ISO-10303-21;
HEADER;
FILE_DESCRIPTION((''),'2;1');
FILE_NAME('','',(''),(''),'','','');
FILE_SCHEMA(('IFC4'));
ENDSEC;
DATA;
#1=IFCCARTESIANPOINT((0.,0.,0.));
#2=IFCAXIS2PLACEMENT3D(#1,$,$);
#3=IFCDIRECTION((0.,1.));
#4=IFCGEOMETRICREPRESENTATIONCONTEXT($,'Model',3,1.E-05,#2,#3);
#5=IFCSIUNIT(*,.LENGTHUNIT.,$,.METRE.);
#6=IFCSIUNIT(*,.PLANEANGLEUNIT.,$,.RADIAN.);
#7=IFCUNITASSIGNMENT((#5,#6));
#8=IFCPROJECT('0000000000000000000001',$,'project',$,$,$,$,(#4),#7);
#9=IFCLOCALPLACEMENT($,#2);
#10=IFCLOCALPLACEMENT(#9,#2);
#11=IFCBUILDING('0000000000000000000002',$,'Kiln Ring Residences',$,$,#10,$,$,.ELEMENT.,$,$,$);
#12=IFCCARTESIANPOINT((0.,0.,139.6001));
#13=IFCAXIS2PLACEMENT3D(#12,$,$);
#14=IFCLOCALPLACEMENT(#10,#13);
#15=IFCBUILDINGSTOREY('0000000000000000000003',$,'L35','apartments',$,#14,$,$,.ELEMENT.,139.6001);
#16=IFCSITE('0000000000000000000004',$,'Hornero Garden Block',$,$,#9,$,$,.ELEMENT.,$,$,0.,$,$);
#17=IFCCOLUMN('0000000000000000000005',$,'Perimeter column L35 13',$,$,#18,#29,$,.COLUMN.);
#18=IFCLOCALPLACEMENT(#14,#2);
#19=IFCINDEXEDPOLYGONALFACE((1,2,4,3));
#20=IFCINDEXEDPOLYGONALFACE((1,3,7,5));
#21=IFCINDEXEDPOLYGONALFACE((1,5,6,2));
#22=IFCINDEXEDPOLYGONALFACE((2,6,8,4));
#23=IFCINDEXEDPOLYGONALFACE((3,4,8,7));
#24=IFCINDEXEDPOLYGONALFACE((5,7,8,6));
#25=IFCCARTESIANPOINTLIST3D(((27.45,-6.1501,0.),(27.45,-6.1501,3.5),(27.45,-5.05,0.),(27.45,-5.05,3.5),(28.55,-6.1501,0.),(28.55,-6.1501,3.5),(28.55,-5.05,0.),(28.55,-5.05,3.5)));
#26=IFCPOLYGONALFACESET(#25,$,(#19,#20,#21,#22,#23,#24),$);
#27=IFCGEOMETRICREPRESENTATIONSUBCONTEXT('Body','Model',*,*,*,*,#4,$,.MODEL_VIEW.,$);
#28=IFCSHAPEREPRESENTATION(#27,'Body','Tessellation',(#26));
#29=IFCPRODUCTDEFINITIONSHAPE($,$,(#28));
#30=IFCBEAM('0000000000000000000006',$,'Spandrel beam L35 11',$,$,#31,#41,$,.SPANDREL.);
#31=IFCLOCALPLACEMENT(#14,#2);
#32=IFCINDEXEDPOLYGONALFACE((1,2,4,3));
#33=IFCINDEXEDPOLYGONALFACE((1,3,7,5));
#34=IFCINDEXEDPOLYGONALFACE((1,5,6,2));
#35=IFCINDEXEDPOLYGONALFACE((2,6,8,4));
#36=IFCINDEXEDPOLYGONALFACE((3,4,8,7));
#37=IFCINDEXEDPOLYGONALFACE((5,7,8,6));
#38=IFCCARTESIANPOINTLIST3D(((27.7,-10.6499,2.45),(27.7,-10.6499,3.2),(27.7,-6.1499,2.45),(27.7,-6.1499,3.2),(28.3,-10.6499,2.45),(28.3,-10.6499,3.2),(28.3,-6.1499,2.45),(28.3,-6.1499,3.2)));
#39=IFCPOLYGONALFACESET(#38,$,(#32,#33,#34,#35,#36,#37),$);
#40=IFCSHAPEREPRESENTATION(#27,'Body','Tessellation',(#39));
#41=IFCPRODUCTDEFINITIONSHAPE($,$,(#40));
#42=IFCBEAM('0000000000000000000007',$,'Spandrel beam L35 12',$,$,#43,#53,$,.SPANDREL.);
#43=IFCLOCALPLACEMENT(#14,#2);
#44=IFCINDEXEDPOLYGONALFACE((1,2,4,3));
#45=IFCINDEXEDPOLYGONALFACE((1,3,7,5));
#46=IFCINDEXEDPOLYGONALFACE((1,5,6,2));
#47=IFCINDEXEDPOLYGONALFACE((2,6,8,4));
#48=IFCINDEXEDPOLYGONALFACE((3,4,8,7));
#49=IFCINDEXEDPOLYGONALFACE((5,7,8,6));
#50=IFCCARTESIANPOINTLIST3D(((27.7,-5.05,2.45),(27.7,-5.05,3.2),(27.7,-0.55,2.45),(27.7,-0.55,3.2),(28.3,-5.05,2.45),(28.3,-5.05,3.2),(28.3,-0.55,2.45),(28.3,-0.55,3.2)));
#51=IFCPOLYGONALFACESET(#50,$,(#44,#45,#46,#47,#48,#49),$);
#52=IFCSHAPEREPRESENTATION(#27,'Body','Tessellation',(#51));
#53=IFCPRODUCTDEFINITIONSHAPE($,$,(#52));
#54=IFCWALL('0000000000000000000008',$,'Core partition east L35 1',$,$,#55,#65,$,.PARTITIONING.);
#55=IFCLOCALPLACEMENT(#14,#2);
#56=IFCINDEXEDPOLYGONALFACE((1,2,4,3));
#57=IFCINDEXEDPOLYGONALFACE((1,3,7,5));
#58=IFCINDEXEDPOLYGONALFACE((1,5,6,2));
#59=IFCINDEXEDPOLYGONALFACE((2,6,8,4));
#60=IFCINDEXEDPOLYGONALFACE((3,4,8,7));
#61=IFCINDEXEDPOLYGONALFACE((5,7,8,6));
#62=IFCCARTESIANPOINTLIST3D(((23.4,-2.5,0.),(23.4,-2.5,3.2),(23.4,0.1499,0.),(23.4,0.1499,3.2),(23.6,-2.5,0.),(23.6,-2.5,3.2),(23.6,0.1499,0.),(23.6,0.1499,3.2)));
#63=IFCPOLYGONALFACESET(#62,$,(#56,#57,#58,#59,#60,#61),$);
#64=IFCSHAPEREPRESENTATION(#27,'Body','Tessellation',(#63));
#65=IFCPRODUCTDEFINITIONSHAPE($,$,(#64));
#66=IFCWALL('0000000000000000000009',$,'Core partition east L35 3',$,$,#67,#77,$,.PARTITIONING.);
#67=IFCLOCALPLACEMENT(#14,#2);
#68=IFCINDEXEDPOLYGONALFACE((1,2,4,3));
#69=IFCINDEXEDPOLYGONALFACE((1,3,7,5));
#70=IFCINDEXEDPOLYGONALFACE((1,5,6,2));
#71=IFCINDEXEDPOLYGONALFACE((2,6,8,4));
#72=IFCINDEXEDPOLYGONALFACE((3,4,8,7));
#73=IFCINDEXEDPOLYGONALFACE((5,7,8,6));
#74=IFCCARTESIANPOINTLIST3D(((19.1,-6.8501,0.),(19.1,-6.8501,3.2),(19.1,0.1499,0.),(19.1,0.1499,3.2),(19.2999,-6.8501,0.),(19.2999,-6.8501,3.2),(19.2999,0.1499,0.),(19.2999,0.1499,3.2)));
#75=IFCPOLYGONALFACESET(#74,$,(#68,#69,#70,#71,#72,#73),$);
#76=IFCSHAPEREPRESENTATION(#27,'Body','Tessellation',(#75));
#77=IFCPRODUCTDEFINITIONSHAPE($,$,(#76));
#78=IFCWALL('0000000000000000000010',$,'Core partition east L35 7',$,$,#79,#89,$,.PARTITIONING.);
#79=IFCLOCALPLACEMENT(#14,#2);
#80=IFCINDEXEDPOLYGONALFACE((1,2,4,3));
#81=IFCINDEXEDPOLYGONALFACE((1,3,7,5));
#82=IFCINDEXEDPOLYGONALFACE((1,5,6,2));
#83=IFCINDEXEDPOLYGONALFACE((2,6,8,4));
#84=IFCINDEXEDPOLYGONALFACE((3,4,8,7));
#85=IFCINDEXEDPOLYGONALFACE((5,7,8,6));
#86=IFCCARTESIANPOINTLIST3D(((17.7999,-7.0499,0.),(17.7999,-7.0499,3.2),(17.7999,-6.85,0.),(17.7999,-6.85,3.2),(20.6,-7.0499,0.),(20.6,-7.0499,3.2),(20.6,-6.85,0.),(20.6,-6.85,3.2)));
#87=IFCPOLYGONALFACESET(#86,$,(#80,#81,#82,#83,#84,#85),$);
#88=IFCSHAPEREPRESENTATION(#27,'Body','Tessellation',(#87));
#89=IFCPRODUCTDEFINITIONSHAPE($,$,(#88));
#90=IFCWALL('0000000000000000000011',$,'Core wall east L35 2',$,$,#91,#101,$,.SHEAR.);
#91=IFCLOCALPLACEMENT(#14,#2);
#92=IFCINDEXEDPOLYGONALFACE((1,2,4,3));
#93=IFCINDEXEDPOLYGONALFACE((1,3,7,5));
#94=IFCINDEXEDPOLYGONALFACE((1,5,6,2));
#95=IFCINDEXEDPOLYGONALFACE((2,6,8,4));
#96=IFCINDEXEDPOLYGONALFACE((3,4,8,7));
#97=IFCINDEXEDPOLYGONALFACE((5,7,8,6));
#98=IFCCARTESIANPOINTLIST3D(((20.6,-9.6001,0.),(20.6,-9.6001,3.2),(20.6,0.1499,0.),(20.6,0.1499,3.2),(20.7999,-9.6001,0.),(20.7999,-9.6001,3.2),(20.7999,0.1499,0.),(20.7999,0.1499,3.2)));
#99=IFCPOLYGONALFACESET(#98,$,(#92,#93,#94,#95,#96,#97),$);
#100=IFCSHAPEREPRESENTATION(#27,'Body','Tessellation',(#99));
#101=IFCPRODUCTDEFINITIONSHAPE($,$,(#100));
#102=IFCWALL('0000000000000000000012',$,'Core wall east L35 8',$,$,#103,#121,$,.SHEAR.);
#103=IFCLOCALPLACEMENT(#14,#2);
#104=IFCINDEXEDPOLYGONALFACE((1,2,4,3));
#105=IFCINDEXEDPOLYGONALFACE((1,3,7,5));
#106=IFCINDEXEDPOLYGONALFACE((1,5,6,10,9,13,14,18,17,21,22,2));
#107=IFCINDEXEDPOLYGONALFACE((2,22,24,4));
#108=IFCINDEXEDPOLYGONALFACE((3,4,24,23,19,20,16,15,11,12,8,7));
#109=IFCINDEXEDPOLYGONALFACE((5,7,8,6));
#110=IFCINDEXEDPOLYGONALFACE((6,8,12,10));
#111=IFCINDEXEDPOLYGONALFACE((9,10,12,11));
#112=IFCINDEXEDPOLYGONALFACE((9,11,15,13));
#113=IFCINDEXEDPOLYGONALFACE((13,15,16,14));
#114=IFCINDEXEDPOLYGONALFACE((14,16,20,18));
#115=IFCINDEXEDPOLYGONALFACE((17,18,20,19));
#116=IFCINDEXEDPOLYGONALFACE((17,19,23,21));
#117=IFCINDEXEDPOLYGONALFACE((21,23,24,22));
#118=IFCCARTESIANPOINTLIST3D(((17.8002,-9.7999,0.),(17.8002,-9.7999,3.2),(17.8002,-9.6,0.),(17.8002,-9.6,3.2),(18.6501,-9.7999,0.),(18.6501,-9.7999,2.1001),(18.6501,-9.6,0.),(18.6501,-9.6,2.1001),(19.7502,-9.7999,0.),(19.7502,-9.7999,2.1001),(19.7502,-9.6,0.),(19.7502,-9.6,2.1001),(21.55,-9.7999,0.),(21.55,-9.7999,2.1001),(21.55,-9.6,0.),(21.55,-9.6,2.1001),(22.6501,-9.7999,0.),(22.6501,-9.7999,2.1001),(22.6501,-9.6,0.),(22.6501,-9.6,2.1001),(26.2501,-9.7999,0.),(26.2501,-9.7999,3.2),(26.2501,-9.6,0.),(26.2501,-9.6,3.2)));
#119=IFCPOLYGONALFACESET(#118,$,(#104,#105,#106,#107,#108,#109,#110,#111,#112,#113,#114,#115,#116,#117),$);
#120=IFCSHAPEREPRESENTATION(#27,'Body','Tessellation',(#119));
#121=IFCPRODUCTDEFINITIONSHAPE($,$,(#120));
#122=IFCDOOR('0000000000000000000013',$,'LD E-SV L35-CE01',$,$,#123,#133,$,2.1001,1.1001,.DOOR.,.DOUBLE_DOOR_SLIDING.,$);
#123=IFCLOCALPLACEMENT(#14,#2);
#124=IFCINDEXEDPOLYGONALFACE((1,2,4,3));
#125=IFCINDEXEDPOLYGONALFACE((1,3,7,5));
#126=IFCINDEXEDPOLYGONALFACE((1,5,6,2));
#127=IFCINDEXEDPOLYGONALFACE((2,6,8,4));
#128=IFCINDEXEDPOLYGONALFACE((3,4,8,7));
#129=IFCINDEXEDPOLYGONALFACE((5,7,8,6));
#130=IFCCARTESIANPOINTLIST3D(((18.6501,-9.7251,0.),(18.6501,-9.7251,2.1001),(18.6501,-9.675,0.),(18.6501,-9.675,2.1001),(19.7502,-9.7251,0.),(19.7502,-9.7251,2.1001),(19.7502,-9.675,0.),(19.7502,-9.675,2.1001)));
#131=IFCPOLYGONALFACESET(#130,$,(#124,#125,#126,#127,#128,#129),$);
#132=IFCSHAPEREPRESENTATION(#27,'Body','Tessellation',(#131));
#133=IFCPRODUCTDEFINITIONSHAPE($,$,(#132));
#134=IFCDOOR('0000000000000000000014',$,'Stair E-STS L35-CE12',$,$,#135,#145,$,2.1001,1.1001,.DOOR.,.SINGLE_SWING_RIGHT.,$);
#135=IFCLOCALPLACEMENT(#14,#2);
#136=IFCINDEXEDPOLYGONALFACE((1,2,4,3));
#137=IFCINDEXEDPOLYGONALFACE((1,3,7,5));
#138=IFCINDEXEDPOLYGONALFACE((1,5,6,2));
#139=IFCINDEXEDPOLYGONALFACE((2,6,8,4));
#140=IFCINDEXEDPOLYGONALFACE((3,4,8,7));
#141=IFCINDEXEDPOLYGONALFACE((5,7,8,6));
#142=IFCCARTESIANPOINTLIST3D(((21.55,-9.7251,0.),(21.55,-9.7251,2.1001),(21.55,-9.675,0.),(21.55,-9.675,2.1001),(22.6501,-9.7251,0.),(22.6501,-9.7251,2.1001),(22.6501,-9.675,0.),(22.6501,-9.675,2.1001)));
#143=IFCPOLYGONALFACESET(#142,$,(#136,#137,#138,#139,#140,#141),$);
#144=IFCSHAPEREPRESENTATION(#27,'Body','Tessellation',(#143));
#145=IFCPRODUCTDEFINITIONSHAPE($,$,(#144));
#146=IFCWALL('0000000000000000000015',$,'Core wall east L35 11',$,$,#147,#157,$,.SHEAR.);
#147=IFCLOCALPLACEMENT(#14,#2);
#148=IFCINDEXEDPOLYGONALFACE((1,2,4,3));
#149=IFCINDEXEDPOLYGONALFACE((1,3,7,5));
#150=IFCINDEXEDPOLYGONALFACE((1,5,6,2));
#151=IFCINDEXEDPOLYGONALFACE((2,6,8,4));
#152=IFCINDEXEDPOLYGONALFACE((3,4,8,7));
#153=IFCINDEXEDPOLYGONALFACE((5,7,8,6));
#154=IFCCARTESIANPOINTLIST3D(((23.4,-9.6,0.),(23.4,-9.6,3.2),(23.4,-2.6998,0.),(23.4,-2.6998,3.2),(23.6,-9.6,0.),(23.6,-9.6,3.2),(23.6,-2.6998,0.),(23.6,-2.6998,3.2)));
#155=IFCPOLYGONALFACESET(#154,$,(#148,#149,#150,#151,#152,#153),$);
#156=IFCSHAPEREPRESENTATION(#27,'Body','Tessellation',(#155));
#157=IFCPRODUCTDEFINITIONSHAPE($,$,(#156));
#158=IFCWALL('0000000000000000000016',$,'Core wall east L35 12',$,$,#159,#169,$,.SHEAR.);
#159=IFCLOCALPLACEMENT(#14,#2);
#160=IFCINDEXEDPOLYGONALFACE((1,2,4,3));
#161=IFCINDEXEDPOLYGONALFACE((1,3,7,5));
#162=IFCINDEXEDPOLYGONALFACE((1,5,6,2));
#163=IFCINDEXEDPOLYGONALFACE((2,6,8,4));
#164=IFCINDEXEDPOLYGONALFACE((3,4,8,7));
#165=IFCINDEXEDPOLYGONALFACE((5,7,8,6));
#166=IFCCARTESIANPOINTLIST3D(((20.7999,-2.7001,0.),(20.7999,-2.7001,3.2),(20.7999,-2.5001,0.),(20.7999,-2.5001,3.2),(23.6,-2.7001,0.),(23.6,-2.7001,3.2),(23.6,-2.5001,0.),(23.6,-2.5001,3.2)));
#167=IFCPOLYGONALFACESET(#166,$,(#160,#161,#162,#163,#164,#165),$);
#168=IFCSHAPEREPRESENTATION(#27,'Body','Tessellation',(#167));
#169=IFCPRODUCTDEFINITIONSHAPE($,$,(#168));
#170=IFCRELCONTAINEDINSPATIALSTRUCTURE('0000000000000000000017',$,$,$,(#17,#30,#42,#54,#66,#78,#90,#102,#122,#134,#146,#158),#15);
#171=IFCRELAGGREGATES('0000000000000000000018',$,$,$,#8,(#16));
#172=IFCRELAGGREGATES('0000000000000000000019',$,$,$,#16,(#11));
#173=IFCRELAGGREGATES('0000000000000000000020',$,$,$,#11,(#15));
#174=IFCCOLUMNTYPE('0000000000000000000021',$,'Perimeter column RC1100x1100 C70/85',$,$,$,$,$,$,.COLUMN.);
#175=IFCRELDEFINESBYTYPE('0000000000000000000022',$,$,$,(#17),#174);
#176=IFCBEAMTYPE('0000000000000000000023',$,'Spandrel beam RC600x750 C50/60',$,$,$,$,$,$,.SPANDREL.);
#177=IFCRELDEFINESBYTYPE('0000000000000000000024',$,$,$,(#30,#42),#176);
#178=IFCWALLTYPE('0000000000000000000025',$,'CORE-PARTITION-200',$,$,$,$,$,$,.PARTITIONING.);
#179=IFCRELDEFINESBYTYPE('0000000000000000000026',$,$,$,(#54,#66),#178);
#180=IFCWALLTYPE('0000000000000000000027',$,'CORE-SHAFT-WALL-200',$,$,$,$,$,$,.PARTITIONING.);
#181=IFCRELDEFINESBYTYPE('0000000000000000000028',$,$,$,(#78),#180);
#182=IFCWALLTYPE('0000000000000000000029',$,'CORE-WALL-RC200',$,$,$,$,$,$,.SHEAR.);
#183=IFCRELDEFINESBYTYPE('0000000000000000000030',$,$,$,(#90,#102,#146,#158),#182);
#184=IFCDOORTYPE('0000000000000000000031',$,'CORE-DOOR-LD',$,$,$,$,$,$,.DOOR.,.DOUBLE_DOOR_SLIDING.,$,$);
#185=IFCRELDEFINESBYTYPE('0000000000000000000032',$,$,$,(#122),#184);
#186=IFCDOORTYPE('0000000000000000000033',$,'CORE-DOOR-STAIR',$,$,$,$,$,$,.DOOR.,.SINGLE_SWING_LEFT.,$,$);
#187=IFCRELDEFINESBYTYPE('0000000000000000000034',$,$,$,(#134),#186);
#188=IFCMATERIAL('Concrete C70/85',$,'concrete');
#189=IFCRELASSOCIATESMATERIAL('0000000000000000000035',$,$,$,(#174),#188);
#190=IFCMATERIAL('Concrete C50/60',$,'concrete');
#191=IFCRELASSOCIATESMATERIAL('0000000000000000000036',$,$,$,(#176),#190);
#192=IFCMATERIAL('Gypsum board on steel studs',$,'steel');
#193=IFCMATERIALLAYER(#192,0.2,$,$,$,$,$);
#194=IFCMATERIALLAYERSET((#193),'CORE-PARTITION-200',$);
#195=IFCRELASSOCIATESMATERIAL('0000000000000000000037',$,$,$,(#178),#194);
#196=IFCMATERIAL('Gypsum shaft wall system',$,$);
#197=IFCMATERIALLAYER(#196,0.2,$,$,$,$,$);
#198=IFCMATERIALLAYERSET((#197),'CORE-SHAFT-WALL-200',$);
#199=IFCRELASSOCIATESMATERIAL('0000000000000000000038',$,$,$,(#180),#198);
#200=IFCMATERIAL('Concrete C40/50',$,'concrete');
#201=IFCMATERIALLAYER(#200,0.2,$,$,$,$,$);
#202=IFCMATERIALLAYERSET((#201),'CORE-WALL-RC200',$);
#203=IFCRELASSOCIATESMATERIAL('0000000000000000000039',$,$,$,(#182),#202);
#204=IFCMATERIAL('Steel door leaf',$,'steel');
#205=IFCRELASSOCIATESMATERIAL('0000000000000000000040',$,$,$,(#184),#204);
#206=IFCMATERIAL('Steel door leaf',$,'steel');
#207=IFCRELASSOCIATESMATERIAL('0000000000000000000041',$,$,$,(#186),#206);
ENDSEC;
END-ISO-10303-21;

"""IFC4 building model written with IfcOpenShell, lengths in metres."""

from ifc_helpers import new_model, si_unit, direction, frame, frame_2d, origin, origin_2d, place, context, subcontext, project, spatial, rectangle, extrude, material, layer, layer_set, material_profile, profile_set, type_object, element, fill, save


model = new_model("IFC4")

# Units and contexts
model_context = context("Model", 3, precision=1e-05, world=origin(), true_north=direction((0.0, 1.0)))
body_context = subcontext(model_context, "Body", "Model", "MODEL_VIEW")
ifc_project = project(units=[si_unit("LENGTHUNIT", "METRE"), si_unit("PLANEANGLEUNIT", "RADIAN")], contexts=[model_context])

# Site, building, storey
site_placement = place(None, origin())
site = spatial("IfcSite", under=ifc_project, at=site_placement, Name="Hornero Garden Block", CompositionType="ELEMENT", RefElevation=0.0)
building_placement = place(site_placement, origin())
building = spatial("IfcBuilding", under=site, at=building_placement, Name="Kiln Ring Residences", CompositionType="ELEMENT")
storey_placement = place(building_placement, frame((0.0, 0.0, 139.6001)))
storey = spatial("IfcBuildingStorey", under=building, at=storey_placement, Name="L35", Description="apartments", CompositionType="ELEMENT", Elevation=139.6001)

# Column
ifc_material_1 = material(Name="Concrete C70/85", Category="concrete")
ifc_material_profile_1 = material_profile(ifc_material_1, rectangle(XDim=1.1001, YDim=1.1001, at=origin_2d()), Name="RC1100x1100")
ifc_profile_set_1 = profile_set([ifc_material_profile_1], Name="Concrete C70/85")
column_type = type_object("IfcColumnType", Name="Perimeter column RC1100x1100 C70/85", PredefinedType="COLUMN", material=ifc_profile_set_1)
column_placement = place(storey_placement, frame((28.0, -5.6001, 0.0), z_axis=(0.0, 0.0, 1.0), x_axis=(1.0, 0.0, 0.0)))
element("IfcColumn", 1, at=column_placement, inside=storey, type_object=column_type, Name="Perimeter column L35 13", PredefinedType="COLUMN", context=body_context, shape_type="SweptSolid", body=[
    extrude(rectangle(XDim=1.1001, YDim=1.1001, at=origin_2d()), origin(), (0.0, 0.0, 1.0), 3.5),
])

# Beams
ifc_material_2 = material(Name="Concrete C50/60", Category="concrete")
ifc_material_profile_2 = material_profile(ifc_material_2, rectangle(XDim=0.6001, YDim=0.75, at=origin_2d()), Name="RC600x750")
ifc_profile_set_2 = profile_set([ifc_material_profile_2], Name="Concrete C50/60")
beam_type = type_object("IfcBeamType", Name="Spandrel beam RC600x750 C50/60", PredefinedType="SPANDREL", material=ifc_profile_set_2)
for number, where, z_axis, x_axis, name in (
    (2, (28.0, -10.6499, 2.825), (0.0, 1.0, 0.0), (-1.0, 0.0, 0.0), "Spandrel beam L35 11"),
    (3, (28.0, -5.05, 2.825), (0.0, 1.0, 0.0), (-1.0, 0.0, 0.0), "Spandrel beam L35 12"),
):
    element("IfcBeam", number, at=place(storey_placement, frame(where, z_axis=z_axis, x_axis=x_axis)), inside=storey, type_object=beam_type, Name=name, PredefinedType="SPANDREL", context=body_context, shape_type="SweptSolid", body=[
        extrude(rectangle(XDim=0.6001, YDim=0.75, at=origin_2d()), origin(), (0.0, 0.0, 1.0), 4.5),
    ])

# Walls
ifc_material_3 = material(Name="Gypsum board on steel studs", Category="steel")
ifc_layer_1 = layer(ifc_material_3, 0.2)
ifc_layer_set_1 = layer_set([ifc_layer_1], Name="CORE-PARTITION-200")
wall_type_1 = type_object("IfcWallType", Name="CORE-PARTITION-200", PredefinedType="PARTITIONING", material=ifc_layer_set_1)
wall_1_placement = place(storey_placement, frame((23.5, -2.5, 0.0), z_axis=(0.0, 0.0, 1.0), x_axis=(0.0, 1.0, 0.0)))
element("IfcWall", 4, at=wall_1_placement, inside=storey, type_object=wall_type_1, Name="Core partition east L35 1", PredefinedType="PARTITIONING", context=body_context, shape_type="SweptSolid", body=[
    extrude(rectangle(XDim=2.6499, YDim=0.2, at=frame_2d((1.325, 0.0))), origin(), (0.0, 0.0, 1.0), 3.2),
])
wall_2_placement = place(storey_placement, frame((19.2, -6.8501, 0.0), z_axis=(0.0, 0.0, 1.0), x_axis=(0.0, 1.0, 0.0)))
element("IfcWall", 5, at=wall_2_placement, inside=storey, type_object=wall_type_1, Name="Core partition east L35 3", PredefinedType="PARTITIONING", context=body_context, shape_type="SweptSolid", body=[
    extrude(rectangle(XDim=7.0, YDim=0.2, at=frame_2d((3.5, 0.0))), origin(), (0.0, 0.0, 1.0), 3.2),
])
ifc_material_4 = material(Name="Gypsum shaft wall system")
ifc_layer_2 = layer(ifc_material_4, 0.2)
ifc_layer_set_2 = layer_set([ifc_layer_2], Name="CORE-SHAFT-WALL-200")
wall_type_2 = type_object("IfcWallType", Name="CORE-SHAFT-WALL-200", PredefinedType="PARTITIONING", material=ifc_layer_set_2)
wall_3_placement = place(storey_placement, frame((17.8, -6.95, 0.0), z_axis=(0.0, 0.0, 1.0), x_axis=(1.0, 0.0, 0.0)))
element("IfcWall", 6, at=wall_3_placement, inside=storey, type_object=wall_type_2, Name="Core partition east L35 7", PredefinedType="PARTITIONING", context=body_context, shape_type="SweptSolid", body=[
    extrude(rectangle(XDim=2.8, YDim=0.2, at=frame_2d((1.3999, 0.0))), origin(), (0.0, 0.0, 1.0), 3.2),
])
ifc_material_5 = material(Name="Concrete C40/50", Category="concrete")
ifc_layer_3 = layer(ifc_material_5, 0.2)
ifc_layer_set_3 = layer_set([ifc_layer_3], Name="CORE-WALL-RC200")
wall_type_3 = type_object("IfcWallType", Name="CORE-WALL-RC200", PredefinedType="SHEAR", material=ifc_layer_set_3)
wall_4_placement = place(storey_placement, frame((20.7, -9.6001, 0.0), z_axis=(0.0, 0.0, 1.0), x_axis=(0.0, 1.0, 0.0)))
element("IfcWall", 7, at=wall_4_placement, inside=storey, type_object=wall_type_3, Name="Core wall east L35 2", PredefinedType="SHEAR", context=body_context, shape_type="SweptSolid", body=[
    extrude(rectangle(XDim=9.75, YDim=0.2, at=frame_2d((4.875, 0.0))), origin(), (0.0, 0.0, 1.0), 3.2),
])

# Wall, openings, doors
wall_5_placement = place(storey_placement, frame((17.8, -9.7, 0.0), z_axis=(0.0, 0.0, 1.0), x_axis=(1.0, 0.0, 0.0)))
wall_5 = element("IfcWall", 8, at=wall_5_placement, inside=storey, type_object=wall_type_3, Name="Core wall east L35 8", PredefinedType="SHEAR", context=body_context, shape_type="SweptSolid", body=[
    extrude(rectangle(XDim=8.45, YDim=0.2, at=frame_2d((4.2251, 0.0))), origin(), (0.0, 0.0, 1.0), 3.2),
])
opening_1_placement = place(wall_5_placement, frame((0.8501, 0.0, 0.0)))
opening_1 = element("IfcOpeningElement", 9, at=opening_1_placement, cuts=wall_5, PredefinedType="OPENING", context=body_context, shape_type="SweptSolid", body=[
    extrude(rectangle(XDim=1.1001, YDim=2.1001, at=frame_2d((0.55, 1.05))), frame((0.0, 0.1099, 0.0), z_axis=(0.0, -1.0, 0.0), x_axis=(1.0, 0.0, 0.0)), (0.0, 0.0, 1.0), 0.22),
])
opening_2_placement = place(wall_5_placement, frame((3.75, 0.0, 0.0)))
opening_2 = element("IfcOpeningElement", 10, at=opening_2_placement, cuts=wall_5, PredefinedType="OPENING", context=body_context, shape_type="SweptSolid", body=[
    extrude(rectangle(XDim=1.1001, YDim=2.1001, at=frame_2d((0.55, 1.05))), frame((0.0, 0.1099, 0.0), z_axis=(0.0, -1.0, 0.0), x_axis=(1.0, 0.0, 0.0)), (0.0, 0.0, 1.0), 0.22),
])
ifc_material_6 = material(Name="Steel door leaf", Category="steel")
door_type_1 = type_object("IfcDoorType", Name="CORE-DOOR-LD", OperationType="DOUBLE_DOOR_SLIDING", PredefinedType="DOOR", material=ifc_material_6)
door_1_placement = place(opening_1_placement, origin())
door_1 = element("IfcDoor", 11, at=door_1_placement, inside=storey, type_object=door_type_1, Name="LD E-SV L35-CE01", OperationType="DOUBLE_DOOR_SLIDING", OverallHeight=2.1001, OverallWidth=1.1001, PredefinedType="DOOR", context=body_context, shape_type="SweptSolid", body=[
    extrude(rectangle(XDim=1.1001, YDim=2.1001, at=frame_2d((0.55, 1.05))), frame((0.0, 0.0249, 0.0), z_axis=(0.0, -1.0, 0.0), x_axis=(1.0, 0.0, 0.0)), (0.0, 0.0, 1.0), 0.05),
])
fill(opening_1, door_1)
ifc_material_7 = material(Name="Steel door leaf", Category="steel")
door_type_2 = type_object("IfcDoorType", Name="CORE-DOOR-STAIR", OperationType="SINGLE_SWING_LEFT", PredefinedType="DOOR", material=ifc_material_7)
door_2_placement = place(opening_2_placement, origin())
door_2 = element("IfcDoor", 12, at=door_2_placement, inside=storey, type_object=door_type_2, Name="Stair E-STS L35-CE12", OperationType="SINGLE_SWING_RIGHT", OverallHeight=2.1001, OverallWidth=1.1001, PredefinedType="DOOR", context=body_context, shape_type="SweptSolid", body=[
    extrude(rectangle(XDim=1.1001, YDim=2.1001, at=frame_2d((0.55, 1.05))), frame((0.0, 0.0249, 0.0), z_axis=(0.0, -1.0, 0.0), x_axis=(1.0, 0.0, 0.0)), (0.0, 0.0, 1.0), 0.05),
])
fill(opening_2, door_2)

# Walls
wall_6_placement = place(storey_placement, frame((23.5, -9.6001, 0.0), z_axis=(0.0, 0.0, 1.0), x_axis=(0.0, 1.0, 0.0)))
element("IfcWall", 13, at=wall_6_placement, inside=storey, type_object=wall_type_3, Name="Core wall east L35 11", PredefinedType="SHEAR", context=body_context, shape_type="SweptSolid", body=[
    extrude(rectangle(XDim=6.9001, YDim=0.2, at=frame_2d((3.4502, 0.0))), origin(), (0.0, 0.0, 1.0), 3.2),
])
wall_7_placement = place(storey_placement, frame((20.8, -2.6001, 0.0), z_axis=(0.0, 0.0, 1.0), x_axis=(1.0, 0.0, 0.0)))
element("IfcWall", 14, at=wall_7_placement, inside=storey, type_object=wall_type_3, Name="Core wall east L35 12", PredefinedType="SHEAR", context=body_context, shape_type="SweptSolid", body=[
    extrude(rectangle(XDim=2.8, YDim=0.2, at=frame_2d((1.3999, 0.0))), origin(), (0.0, 0.0, 1.0), 3.2),
])

save(model, "model.ifc")
